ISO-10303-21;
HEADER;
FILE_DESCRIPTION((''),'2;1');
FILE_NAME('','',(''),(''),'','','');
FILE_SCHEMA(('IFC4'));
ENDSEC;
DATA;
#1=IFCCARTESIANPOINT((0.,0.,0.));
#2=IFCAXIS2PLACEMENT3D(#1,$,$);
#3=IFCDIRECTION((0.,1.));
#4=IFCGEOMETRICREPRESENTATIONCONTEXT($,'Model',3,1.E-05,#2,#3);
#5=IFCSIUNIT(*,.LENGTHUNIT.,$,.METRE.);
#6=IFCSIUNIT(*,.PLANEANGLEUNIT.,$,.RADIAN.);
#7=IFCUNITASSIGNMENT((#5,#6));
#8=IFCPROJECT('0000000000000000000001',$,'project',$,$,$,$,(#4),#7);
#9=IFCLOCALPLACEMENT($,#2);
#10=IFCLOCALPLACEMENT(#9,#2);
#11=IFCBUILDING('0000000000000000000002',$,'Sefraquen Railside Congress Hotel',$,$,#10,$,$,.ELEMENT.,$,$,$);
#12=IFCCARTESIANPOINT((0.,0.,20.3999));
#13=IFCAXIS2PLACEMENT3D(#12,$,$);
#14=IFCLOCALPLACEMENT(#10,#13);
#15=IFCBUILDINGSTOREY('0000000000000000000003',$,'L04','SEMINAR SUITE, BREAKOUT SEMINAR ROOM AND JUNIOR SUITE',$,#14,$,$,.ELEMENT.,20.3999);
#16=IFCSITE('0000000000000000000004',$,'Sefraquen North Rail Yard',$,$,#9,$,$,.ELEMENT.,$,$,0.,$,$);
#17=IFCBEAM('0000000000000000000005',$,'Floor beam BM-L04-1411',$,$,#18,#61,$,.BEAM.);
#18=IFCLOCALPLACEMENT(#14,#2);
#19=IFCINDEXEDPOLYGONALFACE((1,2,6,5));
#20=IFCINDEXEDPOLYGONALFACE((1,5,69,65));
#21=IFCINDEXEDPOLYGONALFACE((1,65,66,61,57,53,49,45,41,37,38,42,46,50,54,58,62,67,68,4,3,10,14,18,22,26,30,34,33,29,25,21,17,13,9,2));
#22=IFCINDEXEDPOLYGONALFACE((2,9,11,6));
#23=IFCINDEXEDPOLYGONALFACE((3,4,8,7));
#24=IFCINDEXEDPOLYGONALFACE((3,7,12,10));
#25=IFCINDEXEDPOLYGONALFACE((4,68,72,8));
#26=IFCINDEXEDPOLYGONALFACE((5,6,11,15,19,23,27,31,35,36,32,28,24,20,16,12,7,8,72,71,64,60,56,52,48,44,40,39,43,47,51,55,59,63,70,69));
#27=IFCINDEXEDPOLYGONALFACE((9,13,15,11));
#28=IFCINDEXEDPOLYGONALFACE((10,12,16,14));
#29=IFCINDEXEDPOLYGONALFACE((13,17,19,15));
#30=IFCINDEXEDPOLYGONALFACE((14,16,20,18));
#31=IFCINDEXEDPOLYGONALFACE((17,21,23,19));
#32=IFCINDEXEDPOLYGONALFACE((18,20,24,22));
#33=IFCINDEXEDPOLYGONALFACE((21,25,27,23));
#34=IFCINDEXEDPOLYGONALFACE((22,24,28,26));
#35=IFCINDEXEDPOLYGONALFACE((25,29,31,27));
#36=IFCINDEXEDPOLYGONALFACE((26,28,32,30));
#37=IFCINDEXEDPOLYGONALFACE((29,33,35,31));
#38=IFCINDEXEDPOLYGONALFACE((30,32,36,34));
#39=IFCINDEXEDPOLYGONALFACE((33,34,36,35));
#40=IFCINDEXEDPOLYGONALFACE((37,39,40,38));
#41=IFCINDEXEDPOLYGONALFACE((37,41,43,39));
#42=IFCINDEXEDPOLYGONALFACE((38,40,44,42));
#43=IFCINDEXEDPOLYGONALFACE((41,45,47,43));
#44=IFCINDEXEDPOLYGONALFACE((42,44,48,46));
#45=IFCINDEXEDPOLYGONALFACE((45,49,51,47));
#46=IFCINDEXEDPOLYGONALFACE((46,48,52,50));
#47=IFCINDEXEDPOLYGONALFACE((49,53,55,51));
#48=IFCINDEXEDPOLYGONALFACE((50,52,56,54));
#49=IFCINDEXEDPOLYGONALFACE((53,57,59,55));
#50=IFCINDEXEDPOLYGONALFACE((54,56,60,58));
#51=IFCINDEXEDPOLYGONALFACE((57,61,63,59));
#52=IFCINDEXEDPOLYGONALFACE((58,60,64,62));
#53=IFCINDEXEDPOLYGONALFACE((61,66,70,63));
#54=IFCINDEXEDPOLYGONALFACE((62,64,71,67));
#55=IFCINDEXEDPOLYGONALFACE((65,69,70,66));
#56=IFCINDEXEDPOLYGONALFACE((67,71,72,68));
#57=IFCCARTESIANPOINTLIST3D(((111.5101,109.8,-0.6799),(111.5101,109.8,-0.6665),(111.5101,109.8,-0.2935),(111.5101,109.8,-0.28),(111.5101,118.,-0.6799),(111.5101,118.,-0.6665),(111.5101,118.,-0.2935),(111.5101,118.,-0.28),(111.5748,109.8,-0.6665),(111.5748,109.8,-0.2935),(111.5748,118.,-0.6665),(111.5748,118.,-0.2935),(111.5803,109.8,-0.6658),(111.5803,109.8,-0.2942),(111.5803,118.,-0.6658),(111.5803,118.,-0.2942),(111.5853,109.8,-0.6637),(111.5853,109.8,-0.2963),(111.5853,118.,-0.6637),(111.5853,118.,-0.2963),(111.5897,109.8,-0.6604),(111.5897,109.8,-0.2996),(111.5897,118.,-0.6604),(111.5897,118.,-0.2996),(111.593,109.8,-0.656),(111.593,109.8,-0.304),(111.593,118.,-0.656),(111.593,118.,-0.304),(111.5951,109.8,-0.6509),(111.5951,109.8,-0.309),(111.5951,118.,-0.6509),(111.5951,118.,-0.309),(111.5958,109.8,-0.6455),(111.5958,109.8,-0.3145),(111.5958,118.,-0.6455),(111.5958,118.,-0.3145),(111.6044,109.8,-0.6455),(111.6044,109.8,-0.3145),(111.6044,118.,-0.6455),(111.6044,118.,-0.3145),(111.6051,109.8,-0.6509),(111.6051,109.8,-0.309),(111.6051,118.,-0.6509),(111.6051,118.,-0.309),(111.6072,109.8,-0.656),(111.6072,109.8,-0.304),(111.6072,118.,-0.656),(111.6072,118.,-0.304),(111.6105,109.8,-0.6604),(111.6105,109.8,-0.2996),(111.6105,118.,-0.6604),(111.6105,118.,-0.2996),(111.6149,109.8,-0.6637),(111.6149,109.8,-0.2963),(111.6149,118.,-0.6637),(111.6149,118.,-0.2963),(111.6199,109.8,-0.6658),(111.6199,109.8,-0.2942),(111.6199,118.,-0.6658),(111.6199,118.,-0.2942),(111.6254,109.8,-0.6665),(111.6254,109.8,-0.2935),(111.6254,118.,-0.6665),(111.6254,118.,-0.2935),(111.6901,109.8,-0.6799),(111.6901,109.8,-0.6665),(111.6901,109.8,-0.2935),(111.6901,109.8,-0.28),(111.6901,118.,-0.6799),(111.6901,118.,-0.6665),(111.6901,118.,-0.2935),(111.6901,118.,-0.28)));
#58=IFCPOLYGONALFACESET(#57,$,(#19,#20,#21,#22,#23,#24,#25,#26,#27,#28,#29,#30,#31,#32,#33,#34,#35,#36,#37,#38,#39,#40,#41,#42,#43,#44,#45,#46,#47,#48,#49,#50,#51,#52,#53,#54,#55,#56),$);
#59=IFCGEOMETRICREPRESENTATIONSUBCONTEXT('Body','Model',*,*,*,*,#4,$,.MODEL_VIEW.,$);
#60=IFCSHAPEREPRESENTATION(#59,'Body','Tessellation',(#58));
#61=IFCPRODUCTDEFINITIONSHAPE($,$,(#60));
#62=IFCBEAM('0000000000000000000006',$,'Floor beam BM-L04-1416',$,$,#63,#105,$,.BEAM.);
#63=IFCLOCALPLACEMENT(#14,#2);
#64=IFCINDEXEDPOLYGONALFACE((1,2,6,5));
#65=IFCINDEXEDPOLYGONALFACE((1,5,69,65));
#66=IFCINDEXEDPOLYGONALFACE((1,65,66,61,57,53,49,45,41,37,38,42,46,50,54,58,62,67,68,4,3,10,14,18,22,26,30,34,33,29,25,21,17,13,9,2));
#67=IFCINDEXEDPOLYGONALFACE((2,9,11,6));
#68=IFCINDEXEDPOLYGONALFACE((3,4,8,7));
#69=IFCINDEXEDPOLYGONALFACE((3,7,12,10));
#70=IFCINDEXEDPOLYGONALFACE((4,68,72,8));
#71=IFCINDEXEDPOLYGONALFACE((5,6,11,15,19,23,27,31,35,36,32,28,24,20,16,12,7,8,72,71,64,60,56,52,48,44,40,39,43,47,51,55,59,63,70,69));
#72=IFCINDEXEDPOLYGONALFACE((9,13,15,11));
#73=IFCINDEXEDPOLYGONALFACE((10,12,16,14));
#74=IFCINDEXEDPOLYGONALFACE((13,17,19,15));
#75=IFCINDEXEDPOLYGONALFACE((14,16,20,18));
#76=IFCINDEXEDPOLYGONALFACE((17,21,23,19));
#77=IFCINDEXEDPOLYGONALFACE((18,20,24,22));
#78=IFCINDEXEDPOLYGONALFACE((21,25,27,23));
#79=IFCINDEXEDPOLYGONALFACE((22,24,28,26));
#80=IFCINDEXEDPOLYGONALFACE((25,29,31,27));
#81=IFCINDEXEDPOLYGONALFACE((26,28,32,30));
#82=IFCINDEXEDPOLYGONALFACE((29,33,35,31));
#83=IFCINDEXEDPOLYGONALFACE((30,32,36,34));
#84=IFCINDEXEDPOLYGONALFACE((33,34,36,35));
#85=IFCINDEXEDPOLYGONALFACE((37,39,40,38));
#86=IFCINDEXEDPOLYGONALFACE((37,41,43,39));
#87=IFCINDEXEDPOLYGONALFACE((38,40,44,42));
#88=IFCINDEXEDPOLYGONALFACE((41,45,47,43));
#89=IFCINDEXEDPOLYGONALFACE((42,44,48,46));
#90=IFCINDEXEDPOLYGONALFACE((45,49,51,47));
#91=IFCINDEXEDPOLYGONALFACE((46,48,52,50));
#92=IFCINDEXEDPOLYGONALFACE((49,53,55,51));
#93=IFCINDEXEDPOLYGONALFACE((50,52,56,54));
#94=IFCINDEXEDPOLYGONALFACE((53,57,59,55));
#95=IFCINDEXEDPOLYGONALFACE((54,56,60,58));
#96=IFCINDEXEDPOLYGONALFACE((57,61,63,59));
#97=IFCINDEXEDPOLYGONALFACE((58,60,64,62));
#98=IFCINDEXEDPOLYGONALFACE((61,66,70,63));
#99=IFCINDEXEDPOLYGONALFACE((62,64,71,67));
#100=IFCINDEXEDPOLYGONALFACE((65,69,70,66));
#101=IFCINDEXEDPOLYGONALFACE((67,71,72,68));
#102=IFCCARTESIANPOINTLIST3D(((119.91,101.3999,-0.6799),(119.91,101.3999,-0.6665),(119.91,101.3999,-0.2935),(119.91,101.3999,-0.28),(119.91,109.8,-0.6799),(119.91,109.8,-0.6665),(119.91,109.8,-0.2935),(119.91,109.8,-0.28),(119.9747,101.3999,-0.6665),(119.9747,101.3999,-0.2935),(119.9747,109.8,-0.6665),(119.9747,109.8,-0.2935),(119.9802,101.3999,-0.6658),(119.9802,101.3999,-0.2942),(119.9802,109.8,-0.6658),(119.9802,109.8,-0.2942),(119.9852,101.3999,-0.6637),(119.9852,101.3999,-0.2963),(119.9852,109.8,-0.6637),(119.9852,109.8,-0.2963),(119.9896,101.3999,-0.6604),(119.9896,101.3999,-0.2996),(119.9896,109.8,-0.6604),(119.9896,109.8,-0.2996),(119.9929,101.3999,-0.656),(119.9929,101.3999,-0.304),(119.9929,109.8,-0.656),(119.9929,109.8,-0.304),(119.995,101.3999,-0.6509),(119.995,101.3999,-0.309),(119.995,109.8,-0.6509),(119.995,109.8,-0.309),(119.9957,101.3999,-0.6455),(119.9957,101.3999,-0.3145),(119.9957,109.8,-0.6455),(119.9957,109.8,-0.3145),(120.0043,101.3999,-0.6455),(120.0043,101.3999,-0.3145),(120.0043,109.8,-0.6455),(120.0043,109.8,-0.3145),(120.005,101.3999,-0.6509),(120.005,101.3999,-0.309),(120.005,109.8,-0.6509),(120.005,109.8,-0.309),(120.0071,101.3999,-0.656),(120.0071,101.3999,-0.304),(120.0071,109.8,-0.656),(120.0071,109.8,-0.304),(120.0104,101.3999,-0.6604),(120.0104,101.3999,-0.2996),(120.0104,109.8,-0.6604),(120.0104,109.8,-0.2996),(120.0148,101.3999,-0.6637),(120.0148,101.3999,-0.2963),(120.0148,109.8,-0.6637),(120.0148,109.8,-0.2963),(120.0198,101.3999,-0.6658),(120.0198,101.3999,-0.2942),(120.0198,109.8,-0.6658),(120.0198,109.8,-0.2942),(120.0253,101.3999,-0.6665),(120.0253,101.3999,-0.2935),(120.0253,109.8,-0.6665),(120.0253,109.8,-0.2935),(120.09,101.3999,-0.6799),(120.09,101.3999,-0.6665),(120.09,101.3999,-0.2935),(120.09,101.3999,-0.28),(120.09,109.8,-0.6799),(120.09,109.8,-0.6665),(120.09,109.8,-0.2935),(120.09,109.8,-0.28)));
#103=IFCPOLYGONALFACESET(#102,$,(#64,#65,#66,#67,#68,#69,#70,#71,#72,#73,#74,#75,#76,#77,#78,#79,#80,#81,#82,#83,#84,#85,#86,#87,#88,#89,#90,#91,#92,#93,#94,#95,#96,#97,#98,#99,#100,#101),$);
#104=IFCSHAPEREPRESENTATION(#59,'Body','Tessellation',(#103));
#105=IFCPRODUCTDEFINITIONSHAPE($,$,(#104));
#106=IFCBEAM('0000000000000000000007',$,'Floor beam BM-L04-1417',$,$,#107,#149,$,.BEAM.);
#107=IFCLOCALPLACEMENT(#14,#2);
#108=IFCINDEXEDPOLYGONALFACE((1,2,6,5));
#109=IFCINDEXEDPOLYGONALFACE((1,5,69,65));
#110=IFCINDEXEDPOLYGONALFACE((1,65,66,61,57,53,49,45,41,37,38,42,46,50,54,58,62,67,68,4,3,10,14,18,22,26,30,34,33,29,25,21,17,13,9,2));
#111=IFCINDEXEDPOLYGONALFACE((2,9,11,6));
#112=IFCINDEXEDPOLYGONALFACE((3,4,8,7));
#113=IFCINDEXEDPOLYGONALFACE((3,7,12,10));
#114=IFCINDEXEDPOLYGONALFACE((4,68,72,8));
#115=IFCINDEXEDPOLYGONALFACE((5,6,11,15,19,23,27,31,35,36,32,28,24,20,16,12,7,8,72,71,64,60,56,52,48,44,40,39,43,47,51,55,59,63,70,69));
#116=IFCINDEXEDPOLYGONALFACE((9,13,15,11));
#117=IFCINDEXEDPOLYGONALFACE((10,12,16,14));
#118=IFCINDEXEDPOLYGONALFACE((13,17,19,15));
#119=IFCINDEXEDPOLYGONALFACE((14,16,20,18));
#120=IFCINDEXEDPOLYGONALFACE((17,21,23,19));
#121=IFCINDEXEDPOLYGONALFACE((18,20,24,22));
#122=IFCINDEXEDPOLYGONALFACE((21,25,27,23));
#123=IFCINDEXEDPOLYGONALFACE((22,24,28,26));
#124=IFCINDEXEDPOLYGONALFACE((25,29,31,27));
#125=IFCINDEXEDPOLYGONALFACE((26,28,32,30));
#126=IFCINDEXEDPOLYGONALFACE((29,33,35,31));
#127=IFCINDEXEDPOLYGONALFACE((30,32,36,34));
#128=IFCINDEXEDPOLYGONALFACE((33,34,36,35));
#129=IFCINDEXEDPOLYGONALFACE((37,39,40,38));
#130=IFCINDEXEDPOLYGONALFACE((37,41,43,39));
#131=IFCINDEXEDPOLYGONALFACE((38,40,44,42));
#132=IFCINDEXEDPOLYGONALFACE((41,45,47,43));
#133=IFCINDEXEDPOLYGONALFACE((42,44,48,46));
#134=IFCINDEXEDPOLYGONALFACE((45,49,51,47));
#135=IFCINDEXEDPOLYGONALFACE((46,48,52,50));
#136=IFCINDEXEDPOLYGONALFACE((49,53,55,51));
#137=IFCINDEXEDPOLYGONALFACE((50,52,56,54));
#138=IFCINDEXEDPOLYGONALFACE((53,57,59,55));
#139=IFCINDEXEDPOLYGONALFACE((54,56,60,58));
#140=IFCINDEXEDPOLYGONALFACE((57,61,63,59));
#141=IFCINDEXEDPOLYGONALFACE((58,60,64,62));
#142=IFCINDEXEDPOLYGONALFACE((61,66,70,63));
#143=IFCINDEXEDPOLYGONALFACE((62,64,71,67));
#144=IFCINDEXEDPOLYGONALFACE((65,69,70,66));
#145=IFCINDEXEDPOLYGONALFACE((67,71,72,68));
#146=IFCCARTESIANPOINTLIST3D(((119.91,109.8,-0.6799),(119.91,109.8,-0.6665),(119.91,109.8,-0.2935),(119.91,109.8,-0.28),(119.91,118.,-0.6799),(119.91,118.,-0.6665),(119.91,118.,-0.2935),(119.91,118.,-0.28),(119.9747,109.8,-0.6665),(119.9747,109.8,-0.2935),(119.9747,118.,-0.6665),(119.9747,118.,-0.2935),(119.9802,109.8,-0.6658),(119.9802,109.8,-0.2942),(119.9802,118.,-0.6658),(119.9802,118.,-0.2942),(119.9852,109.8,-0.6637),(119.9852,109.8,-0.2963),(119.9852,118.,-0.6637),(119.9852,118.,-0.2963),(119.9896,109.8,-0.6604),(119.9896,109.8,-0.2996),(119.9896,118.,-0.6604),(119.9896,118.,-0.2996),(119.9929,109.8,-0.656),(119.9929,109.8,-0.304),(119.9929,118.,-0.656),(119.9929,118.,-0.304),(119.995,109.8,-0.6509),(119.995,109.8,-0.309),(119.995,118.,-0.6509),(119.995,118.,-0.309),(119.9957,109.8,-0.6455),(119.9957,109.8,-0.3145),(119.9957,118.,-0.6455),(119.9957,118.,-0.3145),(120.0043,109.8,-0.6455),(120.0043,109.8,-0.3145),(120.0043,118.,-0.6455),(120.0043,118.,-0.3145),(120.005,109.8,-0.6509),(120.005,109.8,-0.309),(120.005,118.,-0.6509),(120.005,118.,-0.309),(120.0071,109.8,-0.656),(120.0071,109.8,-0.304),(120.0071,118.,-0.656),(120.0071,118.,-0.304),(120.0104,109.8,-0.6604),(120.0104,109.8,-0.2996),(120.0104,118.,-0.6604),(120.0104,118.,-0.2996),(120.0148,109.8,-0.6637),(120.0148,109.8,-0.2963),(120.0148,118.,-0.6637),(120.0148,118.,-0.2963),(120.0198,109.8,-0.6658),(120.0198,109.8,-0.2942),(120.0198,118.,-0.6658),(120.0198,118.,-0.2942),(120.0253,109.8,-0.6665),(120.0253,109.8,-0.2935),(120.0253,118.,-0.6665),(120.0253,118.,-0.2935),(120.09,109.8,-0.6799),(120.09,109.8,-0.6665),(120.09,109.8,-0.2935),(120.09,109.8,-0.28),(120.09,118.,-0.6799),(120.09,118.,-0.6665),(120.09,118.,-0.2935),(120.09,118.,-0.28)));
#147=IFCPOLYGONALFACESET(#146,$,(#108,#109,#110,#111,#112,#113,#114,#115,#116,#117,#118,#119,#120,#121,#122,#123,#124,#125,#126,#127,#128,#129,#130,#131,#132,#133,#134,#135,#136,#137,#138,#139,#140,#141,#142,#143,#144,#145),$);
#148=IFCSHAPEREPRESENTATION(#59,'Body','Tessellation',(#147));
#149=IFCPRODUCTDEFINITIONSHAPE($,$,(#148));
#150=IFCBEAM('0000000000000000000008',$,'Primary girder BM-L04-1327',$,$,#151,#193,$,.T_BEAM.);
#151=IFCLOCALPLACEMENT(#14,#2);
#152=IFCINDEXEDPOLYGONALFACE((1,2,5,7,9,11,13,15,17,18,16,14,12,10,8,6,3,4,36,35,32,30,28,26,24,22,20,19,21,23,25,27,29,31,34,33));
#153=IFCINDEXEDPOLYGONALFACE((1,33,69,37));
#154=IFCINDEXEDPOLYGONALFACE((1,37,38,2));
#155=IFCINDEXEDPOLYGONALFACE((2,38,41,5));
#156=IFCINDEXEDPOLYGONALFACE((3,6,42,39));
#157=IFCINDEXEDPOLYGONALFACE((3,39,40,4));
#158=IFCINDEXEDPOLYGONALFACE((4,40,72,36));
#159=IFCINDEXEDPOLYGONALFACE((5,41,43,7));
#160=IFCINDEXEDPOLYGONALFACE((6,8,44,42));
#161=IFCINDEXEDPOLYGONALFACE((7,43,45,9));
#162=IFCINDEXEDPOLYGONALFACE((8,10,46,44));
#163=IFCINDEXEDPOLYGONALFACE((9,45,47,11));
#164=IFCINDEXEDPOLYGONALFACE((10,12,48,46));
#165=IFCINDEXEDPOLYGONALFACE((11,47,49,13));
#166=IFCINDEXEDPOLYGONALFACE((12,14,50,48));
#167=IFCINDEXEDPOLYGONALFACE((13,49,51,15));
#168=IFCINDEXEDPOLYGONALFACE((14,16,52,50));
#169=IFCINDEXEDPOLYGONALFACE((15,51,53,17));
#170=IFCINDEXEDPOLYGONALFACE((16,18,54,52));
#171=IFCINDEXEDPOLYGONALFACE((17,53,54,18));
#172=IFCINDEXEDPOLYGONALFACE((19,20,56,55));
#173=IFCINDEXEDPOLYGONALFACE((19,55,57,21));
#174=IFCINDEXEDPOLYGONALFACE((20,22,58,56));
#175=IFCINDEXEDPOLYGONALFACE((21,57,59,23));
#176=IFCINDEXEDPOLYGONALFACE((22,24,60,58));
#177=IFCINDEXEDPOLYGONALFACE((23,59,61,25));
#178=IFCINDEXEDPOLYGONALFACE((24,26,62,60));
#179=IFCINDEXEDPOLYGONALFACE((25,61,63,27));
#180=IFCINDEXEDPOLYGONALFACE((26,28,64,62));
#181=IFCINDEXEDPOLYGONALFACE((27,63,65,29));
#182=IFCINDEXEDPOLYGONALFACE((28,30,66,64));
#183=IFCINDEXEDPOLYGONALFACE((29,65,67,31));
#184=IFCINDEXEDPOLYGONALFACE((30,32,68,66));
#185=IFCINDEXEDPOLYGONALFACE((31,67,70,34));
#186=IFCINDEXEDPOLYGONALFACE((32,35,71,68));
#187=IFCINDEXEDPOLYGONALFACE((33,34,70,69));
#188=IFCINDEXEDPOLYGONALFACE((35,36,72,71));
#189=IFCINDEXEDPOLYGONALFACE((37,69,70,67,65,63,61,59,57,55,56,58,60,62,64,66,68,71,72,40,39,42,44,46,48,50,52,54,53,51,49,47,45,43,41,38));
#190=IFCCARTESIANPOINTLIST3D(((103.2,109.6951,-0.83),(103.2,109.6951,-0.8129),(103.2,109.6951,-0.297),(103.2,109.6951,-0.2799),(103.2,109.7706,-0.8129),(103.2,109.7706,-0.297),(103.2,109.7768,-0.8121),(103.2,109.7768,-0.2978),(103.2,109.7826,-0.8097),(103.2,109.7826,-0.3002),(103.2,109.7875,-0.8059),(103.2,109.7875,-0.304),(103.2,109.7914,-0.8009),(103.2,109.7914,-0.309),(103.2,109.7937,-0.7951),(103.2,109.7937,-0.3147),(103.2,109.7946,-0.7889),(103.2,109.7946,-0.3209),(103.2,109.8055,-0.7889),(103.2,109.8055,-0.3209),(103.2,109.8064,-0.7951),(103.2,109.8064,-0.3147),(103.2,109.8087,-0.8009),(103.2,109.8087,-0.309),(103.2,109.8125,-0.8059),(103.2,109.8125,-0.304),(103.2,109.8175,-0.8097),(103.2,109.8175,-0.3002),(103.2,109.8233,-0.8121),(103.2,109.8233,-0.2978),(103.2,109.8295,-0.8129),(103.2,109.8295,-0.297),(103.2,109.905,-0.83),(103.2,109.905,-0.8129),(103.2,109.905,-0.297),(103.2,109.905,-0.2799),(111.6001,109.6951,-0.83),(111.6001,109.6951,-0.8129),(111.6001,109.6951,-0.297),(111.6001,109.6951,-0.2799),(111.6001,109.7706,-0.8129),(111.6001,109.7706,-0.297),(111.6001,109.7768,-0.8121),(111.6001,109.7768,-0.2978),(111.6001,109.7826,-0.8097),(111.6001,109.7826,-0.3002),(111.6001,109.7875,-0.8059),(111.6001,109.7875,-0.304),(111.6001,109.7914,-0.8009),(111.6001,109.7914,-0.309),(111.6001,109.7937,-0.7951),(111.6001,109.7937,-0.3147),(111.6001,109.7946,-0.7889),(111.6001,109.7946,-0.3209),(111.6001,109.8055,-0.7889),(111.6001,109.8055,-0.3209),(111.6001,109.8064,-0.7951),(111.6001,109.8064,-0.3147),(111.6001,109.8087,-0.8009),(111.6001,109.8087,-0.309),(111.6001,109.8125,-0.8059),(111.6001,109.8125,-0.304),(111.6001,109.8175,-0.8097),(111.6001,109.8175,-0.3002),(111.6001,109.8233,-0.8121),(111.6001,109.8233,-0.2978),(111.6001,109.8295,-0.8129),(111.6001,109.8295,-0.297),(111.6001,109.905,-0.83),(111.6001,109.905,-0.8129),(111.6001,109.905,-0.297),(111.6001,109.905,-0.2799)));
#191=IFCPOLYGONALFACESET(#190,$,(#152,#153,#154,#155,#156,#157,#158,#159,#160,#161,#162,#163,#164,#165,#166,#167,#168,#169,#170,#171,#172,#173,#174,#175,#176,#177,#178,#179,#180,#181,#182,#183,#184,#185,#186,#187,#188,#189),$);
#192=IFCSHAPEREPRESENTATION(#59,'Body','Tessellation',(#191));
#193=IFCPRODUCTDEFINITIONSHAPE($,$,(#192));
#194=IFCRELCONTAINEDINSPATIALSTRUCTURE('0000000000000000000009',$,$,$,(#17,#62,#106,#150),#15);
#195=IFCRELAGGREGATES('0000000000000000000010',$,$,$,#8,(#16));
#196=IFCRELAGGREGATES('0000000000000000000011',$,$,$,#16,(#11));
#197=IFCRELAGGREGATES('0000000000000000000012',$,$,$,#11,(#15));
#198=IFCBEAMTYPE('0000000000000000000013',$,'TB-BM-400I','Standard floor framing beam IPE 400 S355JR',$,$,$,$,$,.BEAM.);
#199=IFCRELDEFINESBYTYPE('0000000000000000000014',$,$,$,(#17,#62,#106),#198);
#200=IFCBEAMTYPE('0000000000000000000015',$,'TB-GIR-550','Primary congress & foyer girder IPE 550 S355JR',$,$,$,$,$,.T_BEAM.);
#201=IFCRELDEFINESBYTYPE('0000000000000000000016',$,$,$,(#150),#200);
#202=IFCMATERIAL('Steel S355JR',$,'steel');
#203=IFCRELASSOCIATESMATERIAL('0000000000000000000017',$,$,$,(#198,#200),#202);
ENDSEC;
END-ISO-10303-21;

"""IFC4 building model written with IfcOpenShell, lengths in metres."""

from ifc_helpers import new_model, si_unit, direction, frame, origin, origin_2d, place, context, subcontext, project, spatial, i_section, extrude, material, material_profile, profile_set, type_object, element, save


model = new_model("IFC4")

# Units and contexts
model_context = context("Model", 3, precision=1e-05, world=origin(), true_north=direction((0.0, 1.0)))
body_context = subcontext(model_context, "Body", "Model", "MODEL_VIEW")
ifc_project = project(units=[si_unit("LENGTHUNIT", "METRE"), si_unit("PLANEANGLEUNIT", "RADIAN")], contexts=[model_context])

# Site, building, storey
site_placement = place(None, origin())
site = spatial("IfcSite", under=ifc_project, at=site_placement, Name="Sefraquen North Rail Yard", CompositionType="ELEMENT", RefElevation=0.0)
building_placement = place(site_placement, origin())
building = spatial("IfcBuilding", under=site, at=building_placement, Name="Sefraquen Railside Congress Hotel", CompositionType="ELEMENT")
storey_placement = place(building_placement, frame((0.0, 0.0, 20.3999)))
storey = spatial("IfcBuildingStorey", under=building, at=storey_placement, Name="L04", Description="SEMINAR SUITE, BREAKOUT SEMINAR ROOM AND JUNIOR SUITE", CompositionType="ELEMENT", Elevation=20.3999)

# Shared definitions
ifc_material_1 = material(Name="Steel S355JR", Category="steel")

# Beams
ifc_material_profile_1 = material_profile(ifc_material_1, i_section(OverallWidth=0.1799, OverallDepth=0.3999, WebThickness=0.0085, FlangeThickness=0.0134, FilletRadius=0.021, at=origin_2d()), Name="IPE 400")
ifc_profile_set_1 = profile_set([ifc_material_profile_1], Name="Steel S355JR")
beam_type_1 = type_object("IfcBeamType", Name="TB-BM-400I", Description="Standard floor framing beam IPE 400 S355JR", PredefinedType="BEAM", material=ifc_profile_set_1)
for number, where, z_axis, x_axis, name in (
    (1, (111.6001, 109.8, -0.48), (0.0, 1.0, 0.0), (-1.0, 0.0, 0.0), "Floor beam BM-L04-1411"),
):
    element("IfcBeam", number, at=place(storey_placement, frame(where, z_axis=z_axis, x_axis=x_axis)), inside=storey, type_object=beam_type_1, Name=name, PredefinedType="BEAM", context=body_context, shape_type="SweptSolid", body=[
        extrude(i_section(OverallWidth=0.1799, OverallDepth=0.3999, WebThickness=0.0085, FlangeThickness=0.0134, FilletRadius=0.021, at=origin_2d()), origin(), (0.0, 0.0, 1.0), 8.2),
    ])
beam_1_placement = place(storey_placement, frame((120.0, 101.3999, -0.48), z_axis=(0.0, 1.0, 0.0), x_axis=(-1.0, 0.0, 0.0)))
element("IfcBeam", 2, at=beam_1_placement, inside=storey, type_object=beam_type_1, Name="Floor beam BM-L04-1416", PredefinedType="BEAM", context=body_context, shape_type="SweptSolid", body=[
    extrude(i_section(OverallWidth=0.1799, OverallDepth=0.3999, WebThickness=0.0085, FlangeThickness=0.0134, FilletRadius=0.021, at=origin_2d()), origin(), (0.0, 0.0, 1.0), 8.4001),
])
beam_2_placement = place(storey_placement, frame((120.0, 109.8, -0.48), z_axis=(0.0, 1.0, 0.0), x_axis=(-1.0, 0.0, 0.0)))
element("IfcBeam", 3, at=beam_2_placement, inside=storey, type_object=beam_type_1, Name="Floor beam BM-L04-1417", PredefinedType="BEAM", context=body_context, shape_type="SweptSolid", body=[
    extrude(i_section(OverallWidth=0.1799, OverallDepth=0.3999, WebThickness=0.0085, FlangeThickness=0.0134, FilletRadius=0.021, at=origin_2d()), origin(), (0.0, 0.0, 1.0), 8.2),
])
ifc_material_profile_2 = material_profile(ifc_material_1, i_section(OverallWidth=0.21, OverallDepth=0.55, WebThickness=0.011, FlangeThickness=0.0171, FilletRadius=0.0239, at=origin_2d()), Name="IPE 550")
ifc_profile_set_2 = profile_set([ifc_material_profile_2], Name="Steel S355JR")
beam_type_2 = type_object("IfcBeamType", Name="TB-GIR-550", Description="Primary congress & foyer girder IPE 550 S355JR", PredefinedType="T_BEAM", material=ifc_profile_set_2)
beam_3_placement = place(storey_placement, frame((103.2, 109.8, -0.5549), z_axis=(1.0, 0.0, 0.0), x_axis=(0.0, 1.0, 0.0)))
element("IfcBeam", 4, at=beam_3_placement, inside=storey, type_object=beam_type_2, Name="Primary girder BM-L04-1327", PredefinedType="T_BEAM", context=body_context, shape_type="SweptSolid", body=[
    extrude(i_section(OverallWidth=0.21, OverallDepth=0.55, WebThickness=0.011, FlangeThickness=0.0171, FilletRadius=0.0239, at=origin_2d()), origin(), (0.0, 0.0, 1.0), 8.4001),
])

save(model, "model.ifc")
